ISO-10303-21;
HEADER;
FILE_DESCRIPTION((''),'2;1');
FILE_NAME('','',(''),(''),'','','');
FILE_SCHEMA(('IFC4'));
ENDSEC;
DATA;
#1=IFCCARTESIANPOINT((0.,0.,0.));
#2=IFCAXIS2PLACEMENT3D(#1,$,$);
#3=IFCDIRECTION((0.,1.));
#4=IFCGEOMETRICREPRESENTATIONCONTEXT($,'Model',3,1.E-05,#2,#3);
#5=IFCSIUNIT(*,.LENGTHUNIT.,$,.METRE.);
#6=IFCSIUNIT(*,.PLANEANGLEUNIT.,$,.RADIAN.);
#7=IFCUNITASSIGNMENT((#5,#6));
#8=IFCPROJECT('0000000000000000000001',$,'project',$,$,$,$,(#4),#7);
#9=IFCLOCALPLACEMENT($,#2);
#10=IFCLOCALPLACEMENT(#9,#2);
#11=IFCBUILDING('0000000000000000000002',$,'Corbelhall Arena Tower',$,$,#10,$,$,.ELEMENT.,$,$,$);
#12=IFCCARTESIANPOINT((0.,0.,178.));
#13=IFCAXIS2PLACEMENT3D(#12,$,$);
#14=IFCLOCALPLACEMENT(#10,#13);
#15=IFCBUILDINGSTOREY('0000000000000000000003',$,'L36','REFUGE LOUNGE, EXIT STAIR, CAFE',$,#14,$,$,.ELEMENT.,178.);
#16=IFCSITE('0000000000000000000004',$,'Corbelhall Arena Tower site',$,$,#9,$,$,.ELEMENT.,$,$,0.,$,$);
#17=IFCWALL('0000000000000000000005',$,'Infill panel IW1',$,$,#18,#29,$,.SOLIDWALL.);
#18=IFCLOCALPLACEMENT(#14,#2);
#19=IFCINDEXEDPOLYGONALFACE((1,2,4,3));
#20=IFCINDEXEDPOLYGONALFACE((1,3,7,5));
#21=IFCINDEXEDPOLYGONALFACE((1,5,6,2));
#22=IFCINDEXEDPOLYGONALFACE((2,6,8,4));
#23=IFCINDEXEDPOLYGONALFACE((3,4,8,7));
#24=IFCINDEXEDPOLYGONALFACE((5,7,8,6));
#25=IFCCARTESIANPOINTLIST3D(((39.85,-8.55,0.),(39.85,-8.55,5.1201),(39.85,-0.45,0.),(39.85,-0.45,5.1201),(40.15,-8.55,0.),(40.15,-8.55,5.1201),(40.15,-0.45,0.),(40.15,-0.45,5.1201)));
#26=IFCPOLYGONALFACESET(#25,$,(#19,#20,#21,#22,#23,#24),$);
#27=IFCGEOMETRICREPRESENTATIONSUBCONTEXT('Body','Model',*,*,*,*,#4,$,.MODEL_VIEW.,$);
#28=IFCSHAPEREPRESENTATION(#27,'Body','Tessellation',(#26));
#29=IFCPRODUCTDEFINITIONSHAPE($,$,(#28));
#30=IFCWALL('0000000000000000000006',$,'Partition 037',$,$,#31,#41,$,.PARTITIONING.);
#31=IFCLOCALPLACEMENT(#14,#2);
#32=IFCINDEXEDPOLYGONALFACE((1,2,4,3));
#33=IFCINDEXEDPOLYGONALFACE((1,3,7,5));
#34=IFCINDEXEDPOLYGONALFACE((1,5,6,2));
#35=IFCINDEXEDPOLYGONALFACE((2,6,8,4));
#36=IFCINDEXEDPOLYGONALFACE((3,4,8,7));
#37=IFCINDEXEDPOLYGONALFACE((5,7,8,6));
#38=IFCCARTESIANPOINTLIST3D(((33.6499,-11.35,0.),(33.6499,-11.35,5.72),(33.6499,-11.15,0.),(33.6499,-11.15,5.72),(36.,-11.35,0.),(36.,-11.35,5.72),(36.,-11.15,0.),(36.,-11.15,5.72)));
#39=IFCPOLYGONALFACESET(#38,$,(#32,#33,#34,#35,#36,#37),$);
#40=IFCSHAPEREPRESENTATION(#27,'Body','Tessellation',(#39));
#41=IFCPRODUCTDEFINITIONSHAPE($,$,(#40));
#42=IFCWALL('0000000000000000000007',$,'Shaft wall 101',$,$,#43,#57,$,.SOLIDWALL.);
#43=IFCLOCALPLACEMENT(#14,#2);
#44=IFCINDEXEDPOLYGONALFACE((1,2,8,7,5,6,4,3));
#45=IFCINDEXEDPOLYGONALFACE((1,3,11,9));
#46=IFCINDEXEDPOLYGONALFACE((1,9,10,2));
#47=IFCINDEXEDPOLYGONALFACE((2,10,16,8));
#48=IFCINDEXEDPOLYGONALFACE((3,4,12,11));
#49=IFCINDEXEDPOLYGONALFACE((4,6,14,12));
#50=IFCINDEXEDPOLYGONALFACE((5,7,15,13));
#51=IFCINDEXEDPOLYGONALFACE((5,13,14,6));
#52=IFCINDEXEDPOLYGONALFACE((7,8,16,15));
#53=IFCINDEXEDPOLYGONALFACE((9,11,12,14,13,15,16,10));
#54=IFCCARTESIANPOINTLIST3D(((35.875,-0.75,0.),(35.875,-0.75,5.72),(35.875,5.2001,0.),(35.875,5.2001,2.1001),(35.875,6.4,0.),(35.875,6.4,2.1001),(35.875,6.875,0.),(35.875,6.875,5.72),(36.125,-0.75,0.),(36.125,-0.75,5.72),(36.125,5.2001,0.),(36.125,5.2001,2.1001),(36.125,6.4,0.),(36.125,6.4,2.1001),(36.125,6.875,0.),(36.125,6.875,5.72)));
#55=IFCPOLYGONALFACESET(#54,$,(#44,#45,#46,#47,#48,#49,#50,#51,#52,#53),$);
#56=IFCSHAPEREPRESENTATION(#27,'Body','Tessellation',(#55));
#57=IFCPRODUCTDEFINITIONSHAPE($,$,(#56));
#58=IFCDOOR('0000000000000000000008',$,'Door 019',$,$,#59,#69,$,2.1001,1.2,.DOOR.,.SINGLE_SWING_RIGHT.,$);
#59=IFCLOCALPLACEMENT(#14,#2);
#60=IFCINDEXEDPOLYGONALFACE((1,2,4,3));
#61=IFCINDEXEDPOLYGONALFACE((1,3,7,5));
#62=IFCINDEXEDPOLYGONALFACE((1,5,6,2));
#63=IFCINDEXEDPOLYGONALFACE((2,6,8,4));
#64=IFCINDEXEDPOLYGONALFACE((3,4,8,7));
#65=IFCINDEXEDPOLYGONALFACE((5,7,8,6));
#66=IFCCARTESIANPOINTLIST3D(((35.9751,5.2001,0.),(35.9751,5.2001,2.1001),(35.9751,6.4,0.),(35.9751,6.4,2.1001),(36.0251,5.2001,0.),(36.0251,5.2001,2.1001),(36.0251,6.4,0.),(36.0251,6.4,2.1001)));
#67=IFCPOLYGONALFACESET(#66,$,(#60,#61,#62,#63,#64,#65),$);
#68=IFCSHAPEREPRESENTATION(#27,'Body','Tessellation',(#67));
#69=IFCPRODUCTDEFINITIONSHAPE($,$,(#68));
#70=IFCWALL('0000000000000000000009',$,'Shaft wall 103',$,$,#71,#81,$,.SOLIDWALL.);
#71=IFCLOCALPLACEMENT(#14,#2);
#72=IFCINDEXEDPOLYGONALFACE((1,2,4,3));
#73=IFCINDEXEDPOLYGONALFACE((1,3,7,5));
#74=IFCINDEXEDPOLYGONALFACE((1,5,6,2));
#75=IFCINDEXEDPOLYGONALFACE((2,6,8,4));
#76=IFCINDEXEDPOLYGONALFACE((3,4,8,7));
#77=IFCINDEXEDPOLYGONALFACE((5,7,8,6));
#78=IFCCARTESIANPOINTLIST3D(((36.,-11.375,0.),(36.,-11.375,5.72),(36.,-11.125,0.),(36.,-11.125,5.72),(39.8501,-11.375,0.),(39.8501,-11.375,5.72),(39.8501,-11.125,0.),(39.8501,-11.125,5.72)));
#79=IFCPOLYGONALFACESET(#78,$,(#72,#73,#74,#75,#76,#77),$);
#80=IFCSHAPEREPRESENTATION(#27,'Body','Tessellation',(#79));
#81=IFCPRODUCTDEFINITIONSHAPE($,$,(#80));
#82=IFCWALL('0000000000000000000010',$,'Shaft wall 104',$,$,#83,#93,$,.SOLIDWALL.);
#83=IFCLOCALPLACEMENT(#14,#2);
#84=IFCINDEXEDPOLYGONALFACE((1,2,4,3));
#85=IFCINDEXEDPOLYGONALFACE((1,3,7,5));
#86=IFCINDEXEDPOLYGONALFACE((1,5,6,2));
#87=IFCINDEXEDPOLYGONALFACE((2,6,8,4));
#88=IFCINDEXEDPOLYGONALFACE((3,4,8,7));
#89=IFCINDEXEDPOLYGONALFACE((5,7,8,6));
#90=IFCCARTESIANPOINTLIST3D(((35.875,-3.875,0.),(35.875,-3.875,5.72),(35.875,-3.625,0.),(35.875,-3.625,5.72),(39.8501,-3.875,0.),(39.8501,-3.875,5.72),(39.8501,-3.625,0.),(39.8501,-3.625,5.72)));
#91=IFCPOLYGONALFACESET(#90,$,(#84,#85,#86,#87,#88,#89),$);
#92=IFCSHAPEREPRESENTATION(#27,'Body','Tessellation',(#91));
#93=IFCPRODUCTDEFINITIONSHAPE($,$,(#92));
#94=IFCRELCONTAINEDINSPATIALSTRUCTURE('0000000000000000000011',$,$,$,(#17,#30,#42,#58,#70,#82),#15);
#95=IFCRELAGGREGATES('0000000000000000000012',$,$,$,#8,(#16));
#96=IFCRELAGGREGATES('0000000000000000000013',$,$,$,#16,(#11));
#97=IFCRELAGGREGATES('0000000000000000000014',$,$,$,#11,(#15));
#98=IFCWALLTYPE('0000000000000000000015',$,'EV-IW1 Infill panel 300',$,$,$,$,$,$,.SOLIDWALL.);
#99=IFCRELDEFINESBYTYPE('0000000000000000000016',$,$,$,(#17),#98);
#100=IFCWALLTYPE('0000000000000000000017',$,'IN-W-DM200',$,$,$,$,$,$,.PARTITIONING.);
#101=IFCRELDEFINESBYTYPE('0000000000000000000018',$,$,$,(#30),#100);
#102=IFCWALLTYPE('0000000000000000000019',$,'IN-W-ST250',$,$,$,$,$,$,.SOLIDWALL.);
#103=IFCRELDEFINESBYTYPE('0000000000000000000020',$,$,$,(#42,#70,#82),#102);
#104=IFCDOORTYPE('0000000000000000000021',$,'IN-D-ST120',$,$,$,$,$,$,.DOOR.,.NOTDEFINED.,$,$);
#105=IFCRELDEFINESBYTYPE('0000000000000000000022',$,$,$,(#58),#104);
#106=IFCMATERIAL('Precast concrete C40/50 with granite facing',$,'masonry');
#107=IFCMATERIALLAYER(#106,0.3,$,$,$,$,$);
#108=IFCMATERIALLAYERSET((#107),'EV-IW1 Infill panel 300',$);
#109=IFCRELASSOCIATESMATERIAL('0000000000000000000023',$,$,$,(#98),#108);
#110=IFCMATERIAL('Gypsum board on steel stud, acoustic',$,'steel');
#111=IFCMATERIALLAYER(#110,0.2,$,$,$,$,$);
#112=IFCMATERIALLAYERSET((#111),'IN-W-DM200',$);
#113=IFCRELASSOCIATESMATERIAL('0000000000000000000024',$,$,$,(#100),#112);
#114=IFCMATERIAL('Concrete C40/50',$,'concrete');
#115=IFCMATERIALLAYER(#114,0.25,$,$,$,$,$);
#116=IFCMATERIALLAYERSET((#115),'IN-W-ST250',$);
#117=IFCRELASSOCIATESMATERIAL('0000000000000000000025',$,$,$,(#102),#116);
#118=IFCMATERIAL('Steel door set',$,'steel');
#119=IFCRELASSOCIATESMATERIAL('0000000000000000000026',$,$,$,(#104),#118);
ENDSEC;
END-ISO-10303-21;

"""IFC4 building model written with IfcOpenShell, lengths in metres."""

from ifc_helpers import new_model, si_unit, direction, frame, frame_2d, origin, place, context, subcontext, project, spatial, rectangle, extrude, material, layer, layer_set, type_object, element, fill, save


model = new_model("IFC4")

# Units and contexts
model_context = context("Model", 3, precision=1e-05, world=origin(), true_north=direction((0.0, 1.0)))
body_context = subcontext(model_context, "Body", "Model", "MODEL_VIEW")
ifc_project = project(units=[si_unit("LENGTHUNIT", "METRE"), si_unit("PLANEANGLEUNIT", "RADIAN")], contexts=[model_context])

# Site, building, storey
site_placement = place(None, origin())
site = spatial("IfcSite", under=ifc_project, at=site_placement, Name="Corbelhall Arena Tower site", CompositionType="ELEMENT", RefElevation=0.0)
building_placement = place(site_placement, origin())
building = spatial("IfcBuilding", under=site, at=building_placement, Name="Corbelhall Arena Tower", CompositionType="ELEMENT")
storey_placement = place(building_placement, frame((0.0, 0.0, 178.0)))
storey = spatial("IfcBuildingStorey", under=building, at=storey_placement, Name="L36", Description="REFUGE LOUNGE, EXIT STAIR, CAFE", CompositionType="ELEMENT", Elevation=178.0)

# Walls
ifc_material_1 = material(Name="Precast concrete C40/50 with granite facing", Category="masonry")
ifc_layer_1 = layer(ifc_material_1, 0.3)
ifc_layer_set_1 = layer_set([ifc_layer_1], Name="EV-IW1 Infill panel 300")
wall_type_1 = type_object("IfcWallType", Name="EV-IW1 Infill panel 300", PredefinedType="SOLIDWALL", material=ifc_layer_set_1)
wall_1_placement = place(storey_placement, frame((40.0, -8.55, 0.0), z_axis=(0.0, 0.0, 1.0), x_axis=(0.0, 1.0, 0.0)))
element("IfcWall", 1, at=wall_1_placement, inside=storey, type_object=wall_type_1, Name="Infill panel IW1", PredefinedType="SOLIDWALL", context=body_context, shape_type="SweptSolid", body=[
    extrude(rectangle(XDim=8.1001, YDim=0.3, at=frame_2d((4.05, 0.0))), origin(), (0.0, 0.0, 1.0), 5.1201),
])
ifc_material_2 = material(Name="Gypsum board on steel stud, acoustic", Category="steel")
ifc_layer_2 = layer(ifc_material_2, 0.2)
ifc_layer_set_2 = layer_set([ifc_layer_2], Name="IN-W-DM200")
wall_type_2 = type_object("IfcWallType", Name="IN-W-DM200", PredefinedType="PARTITIONING", material=ifc_layer_set_2)
wall_2_placement = place(storey_placement, frame((36.0, -11.25, 0.0), z_axis=(0.0, 0.0, 1.0), x_axis=(-1.0, 0.0, 0.0)))
element("IfcWall", 2, at=wall_2_placement, inside=storey, type_object=wall_type_2, Name="Partition 037", PredefinedType="PARTITIONING", context=body_context, shape_type="SweptSolid", body=[
    extrude(rectangle(XDim=2.3501, YDim=0.2, at=frame_2d((1.175, 0.0))), origin(), (0.0, 0.0, 1.0), 5.72),
])

# Wall, opening, door
ifc_material_3 = material(Name="Concrete C40/50", Category="concrete")
ifc_layer_3 = layer(ifc_material_3, 0.25)
ifc_layer_set_3 = layer_set([ifc_layer_3], Name="IN-W-ST250")
wall_type_3 = type_object("IfcWallType", Name="IN-W-ST250", PredefinedType="SOLIDWALL", material=ifc_layer_set_3)
wall_3_placement = place(storey_placement, frame((36.0, -0.75, 0.0), z_axis=(0.0, 0.0, 1.0), x_axis=(0.0, 1.0, 0.0)))
wall_3 = element("IfcWall", 3, at=wall_3_placement, inside=storey, type_object=wall_type_3, Name="Shaft wall 101", PredefinedType="SOLIDWALL", context=body_context, shape_type="SweptSolid", body=[
    extrude(rectangle(XDim=7.625, YDim=0.25, at=frame_2d((3.8125, 0.0))), origin(), (0.0, 0.0, 1.0), 5.72),
])
opening_placement = place(wall_3_placement, frame((5.95, 0.0, 0.0)))
opening = element("IfcOpeningElement", 4, at=opening_placement, cuts=wall_3, PredefinedType="OPENING", context=body_context, shape_type="SweptSolid", body=[
    extrude(rectangle(XDim=1.2, YDim=2.1001, at=frame_2d((0.6001, 1.05))), frame((0.0, 0.125, 0.0), z_axis=(0.0, -1.0, 0.0), x_axis=(1.0, 0.0, 0.0)), (0.0, 0.0, 1.0), 0.25),
])
ifc_material_4 = material(Name="Steel door set", Category="steel")
door_type = type_object("IfcDoorType", Name="IN-D-ST120", OperationType="NOTDEFINED", PredefinedType="DOOR", material=ifc_material_4)
door_placement = place(opening_placement, origin())
door = element("IfcDoor", 5, at=door_placement, inside=storey, type_object=door_type, Name="Door 019", OperationType="SINGLE_SWING_RIGHT", OverallHeight=2.1001, OverallWidth=1.2, PredefinedType="DOOR", context=body_context, shape_type="SweptSolid", body=[
    extrude(rectangle(XDim=1.2, YDim=2.1001, at=frame_2d((0.6001, 1.05))), frame((0.0, 0.0249, 0.0), z_axis=(0.0, -1.0, 0.0), x_axis=(1.0, 0.0, 0.0)), (0.0, 0.0, 1.0), 0.05),
])
fill(opening, door)

# Walls
wall_4_placement = place(storey_placement, frame((39.8501, -11.25, 0.0), z_axis=(0.0, 0.0, 1.0), x_axis=(-1.0, 0.0, 0.0)))
element("IfcWall", 6, at=wall_4_placement, inside=storey, type_object=wall_type_3, Name="Shaft wall 103", PredefinedType="SOLIDWALL", context=body_context, shape_type="SweptSolid", body=[
    extrude(rectangle(XDim=3.8501, YDim=0.25, at=frame_2d((1.925, 0.0))), origin(), (0.0, 0.0, 1.0), 5.72),
])
wall_5_placement = place(storey_placement, frame((39.8501, -3.75, 0.0), z_axis=(0.0, 0.0, 1.0), x_axis=(-1.0, 0.0, 0.0)))
element("IfcWall", 7, at=wall_5_placement, inside=storey, type_object=wall_type_3, Name="Shaft wall 104", PredefinedType="SOLIDWALL", context=body_context, shape_type="SweptSolid", body=[
    extrude(rectangle(XDim=3.9751, YDim=0.25, at=frame_2d((1.9875, 0.0))), origin(), (0.0, 0.0, 1.0), 5.72),
])

save(model, "model.ifc")
